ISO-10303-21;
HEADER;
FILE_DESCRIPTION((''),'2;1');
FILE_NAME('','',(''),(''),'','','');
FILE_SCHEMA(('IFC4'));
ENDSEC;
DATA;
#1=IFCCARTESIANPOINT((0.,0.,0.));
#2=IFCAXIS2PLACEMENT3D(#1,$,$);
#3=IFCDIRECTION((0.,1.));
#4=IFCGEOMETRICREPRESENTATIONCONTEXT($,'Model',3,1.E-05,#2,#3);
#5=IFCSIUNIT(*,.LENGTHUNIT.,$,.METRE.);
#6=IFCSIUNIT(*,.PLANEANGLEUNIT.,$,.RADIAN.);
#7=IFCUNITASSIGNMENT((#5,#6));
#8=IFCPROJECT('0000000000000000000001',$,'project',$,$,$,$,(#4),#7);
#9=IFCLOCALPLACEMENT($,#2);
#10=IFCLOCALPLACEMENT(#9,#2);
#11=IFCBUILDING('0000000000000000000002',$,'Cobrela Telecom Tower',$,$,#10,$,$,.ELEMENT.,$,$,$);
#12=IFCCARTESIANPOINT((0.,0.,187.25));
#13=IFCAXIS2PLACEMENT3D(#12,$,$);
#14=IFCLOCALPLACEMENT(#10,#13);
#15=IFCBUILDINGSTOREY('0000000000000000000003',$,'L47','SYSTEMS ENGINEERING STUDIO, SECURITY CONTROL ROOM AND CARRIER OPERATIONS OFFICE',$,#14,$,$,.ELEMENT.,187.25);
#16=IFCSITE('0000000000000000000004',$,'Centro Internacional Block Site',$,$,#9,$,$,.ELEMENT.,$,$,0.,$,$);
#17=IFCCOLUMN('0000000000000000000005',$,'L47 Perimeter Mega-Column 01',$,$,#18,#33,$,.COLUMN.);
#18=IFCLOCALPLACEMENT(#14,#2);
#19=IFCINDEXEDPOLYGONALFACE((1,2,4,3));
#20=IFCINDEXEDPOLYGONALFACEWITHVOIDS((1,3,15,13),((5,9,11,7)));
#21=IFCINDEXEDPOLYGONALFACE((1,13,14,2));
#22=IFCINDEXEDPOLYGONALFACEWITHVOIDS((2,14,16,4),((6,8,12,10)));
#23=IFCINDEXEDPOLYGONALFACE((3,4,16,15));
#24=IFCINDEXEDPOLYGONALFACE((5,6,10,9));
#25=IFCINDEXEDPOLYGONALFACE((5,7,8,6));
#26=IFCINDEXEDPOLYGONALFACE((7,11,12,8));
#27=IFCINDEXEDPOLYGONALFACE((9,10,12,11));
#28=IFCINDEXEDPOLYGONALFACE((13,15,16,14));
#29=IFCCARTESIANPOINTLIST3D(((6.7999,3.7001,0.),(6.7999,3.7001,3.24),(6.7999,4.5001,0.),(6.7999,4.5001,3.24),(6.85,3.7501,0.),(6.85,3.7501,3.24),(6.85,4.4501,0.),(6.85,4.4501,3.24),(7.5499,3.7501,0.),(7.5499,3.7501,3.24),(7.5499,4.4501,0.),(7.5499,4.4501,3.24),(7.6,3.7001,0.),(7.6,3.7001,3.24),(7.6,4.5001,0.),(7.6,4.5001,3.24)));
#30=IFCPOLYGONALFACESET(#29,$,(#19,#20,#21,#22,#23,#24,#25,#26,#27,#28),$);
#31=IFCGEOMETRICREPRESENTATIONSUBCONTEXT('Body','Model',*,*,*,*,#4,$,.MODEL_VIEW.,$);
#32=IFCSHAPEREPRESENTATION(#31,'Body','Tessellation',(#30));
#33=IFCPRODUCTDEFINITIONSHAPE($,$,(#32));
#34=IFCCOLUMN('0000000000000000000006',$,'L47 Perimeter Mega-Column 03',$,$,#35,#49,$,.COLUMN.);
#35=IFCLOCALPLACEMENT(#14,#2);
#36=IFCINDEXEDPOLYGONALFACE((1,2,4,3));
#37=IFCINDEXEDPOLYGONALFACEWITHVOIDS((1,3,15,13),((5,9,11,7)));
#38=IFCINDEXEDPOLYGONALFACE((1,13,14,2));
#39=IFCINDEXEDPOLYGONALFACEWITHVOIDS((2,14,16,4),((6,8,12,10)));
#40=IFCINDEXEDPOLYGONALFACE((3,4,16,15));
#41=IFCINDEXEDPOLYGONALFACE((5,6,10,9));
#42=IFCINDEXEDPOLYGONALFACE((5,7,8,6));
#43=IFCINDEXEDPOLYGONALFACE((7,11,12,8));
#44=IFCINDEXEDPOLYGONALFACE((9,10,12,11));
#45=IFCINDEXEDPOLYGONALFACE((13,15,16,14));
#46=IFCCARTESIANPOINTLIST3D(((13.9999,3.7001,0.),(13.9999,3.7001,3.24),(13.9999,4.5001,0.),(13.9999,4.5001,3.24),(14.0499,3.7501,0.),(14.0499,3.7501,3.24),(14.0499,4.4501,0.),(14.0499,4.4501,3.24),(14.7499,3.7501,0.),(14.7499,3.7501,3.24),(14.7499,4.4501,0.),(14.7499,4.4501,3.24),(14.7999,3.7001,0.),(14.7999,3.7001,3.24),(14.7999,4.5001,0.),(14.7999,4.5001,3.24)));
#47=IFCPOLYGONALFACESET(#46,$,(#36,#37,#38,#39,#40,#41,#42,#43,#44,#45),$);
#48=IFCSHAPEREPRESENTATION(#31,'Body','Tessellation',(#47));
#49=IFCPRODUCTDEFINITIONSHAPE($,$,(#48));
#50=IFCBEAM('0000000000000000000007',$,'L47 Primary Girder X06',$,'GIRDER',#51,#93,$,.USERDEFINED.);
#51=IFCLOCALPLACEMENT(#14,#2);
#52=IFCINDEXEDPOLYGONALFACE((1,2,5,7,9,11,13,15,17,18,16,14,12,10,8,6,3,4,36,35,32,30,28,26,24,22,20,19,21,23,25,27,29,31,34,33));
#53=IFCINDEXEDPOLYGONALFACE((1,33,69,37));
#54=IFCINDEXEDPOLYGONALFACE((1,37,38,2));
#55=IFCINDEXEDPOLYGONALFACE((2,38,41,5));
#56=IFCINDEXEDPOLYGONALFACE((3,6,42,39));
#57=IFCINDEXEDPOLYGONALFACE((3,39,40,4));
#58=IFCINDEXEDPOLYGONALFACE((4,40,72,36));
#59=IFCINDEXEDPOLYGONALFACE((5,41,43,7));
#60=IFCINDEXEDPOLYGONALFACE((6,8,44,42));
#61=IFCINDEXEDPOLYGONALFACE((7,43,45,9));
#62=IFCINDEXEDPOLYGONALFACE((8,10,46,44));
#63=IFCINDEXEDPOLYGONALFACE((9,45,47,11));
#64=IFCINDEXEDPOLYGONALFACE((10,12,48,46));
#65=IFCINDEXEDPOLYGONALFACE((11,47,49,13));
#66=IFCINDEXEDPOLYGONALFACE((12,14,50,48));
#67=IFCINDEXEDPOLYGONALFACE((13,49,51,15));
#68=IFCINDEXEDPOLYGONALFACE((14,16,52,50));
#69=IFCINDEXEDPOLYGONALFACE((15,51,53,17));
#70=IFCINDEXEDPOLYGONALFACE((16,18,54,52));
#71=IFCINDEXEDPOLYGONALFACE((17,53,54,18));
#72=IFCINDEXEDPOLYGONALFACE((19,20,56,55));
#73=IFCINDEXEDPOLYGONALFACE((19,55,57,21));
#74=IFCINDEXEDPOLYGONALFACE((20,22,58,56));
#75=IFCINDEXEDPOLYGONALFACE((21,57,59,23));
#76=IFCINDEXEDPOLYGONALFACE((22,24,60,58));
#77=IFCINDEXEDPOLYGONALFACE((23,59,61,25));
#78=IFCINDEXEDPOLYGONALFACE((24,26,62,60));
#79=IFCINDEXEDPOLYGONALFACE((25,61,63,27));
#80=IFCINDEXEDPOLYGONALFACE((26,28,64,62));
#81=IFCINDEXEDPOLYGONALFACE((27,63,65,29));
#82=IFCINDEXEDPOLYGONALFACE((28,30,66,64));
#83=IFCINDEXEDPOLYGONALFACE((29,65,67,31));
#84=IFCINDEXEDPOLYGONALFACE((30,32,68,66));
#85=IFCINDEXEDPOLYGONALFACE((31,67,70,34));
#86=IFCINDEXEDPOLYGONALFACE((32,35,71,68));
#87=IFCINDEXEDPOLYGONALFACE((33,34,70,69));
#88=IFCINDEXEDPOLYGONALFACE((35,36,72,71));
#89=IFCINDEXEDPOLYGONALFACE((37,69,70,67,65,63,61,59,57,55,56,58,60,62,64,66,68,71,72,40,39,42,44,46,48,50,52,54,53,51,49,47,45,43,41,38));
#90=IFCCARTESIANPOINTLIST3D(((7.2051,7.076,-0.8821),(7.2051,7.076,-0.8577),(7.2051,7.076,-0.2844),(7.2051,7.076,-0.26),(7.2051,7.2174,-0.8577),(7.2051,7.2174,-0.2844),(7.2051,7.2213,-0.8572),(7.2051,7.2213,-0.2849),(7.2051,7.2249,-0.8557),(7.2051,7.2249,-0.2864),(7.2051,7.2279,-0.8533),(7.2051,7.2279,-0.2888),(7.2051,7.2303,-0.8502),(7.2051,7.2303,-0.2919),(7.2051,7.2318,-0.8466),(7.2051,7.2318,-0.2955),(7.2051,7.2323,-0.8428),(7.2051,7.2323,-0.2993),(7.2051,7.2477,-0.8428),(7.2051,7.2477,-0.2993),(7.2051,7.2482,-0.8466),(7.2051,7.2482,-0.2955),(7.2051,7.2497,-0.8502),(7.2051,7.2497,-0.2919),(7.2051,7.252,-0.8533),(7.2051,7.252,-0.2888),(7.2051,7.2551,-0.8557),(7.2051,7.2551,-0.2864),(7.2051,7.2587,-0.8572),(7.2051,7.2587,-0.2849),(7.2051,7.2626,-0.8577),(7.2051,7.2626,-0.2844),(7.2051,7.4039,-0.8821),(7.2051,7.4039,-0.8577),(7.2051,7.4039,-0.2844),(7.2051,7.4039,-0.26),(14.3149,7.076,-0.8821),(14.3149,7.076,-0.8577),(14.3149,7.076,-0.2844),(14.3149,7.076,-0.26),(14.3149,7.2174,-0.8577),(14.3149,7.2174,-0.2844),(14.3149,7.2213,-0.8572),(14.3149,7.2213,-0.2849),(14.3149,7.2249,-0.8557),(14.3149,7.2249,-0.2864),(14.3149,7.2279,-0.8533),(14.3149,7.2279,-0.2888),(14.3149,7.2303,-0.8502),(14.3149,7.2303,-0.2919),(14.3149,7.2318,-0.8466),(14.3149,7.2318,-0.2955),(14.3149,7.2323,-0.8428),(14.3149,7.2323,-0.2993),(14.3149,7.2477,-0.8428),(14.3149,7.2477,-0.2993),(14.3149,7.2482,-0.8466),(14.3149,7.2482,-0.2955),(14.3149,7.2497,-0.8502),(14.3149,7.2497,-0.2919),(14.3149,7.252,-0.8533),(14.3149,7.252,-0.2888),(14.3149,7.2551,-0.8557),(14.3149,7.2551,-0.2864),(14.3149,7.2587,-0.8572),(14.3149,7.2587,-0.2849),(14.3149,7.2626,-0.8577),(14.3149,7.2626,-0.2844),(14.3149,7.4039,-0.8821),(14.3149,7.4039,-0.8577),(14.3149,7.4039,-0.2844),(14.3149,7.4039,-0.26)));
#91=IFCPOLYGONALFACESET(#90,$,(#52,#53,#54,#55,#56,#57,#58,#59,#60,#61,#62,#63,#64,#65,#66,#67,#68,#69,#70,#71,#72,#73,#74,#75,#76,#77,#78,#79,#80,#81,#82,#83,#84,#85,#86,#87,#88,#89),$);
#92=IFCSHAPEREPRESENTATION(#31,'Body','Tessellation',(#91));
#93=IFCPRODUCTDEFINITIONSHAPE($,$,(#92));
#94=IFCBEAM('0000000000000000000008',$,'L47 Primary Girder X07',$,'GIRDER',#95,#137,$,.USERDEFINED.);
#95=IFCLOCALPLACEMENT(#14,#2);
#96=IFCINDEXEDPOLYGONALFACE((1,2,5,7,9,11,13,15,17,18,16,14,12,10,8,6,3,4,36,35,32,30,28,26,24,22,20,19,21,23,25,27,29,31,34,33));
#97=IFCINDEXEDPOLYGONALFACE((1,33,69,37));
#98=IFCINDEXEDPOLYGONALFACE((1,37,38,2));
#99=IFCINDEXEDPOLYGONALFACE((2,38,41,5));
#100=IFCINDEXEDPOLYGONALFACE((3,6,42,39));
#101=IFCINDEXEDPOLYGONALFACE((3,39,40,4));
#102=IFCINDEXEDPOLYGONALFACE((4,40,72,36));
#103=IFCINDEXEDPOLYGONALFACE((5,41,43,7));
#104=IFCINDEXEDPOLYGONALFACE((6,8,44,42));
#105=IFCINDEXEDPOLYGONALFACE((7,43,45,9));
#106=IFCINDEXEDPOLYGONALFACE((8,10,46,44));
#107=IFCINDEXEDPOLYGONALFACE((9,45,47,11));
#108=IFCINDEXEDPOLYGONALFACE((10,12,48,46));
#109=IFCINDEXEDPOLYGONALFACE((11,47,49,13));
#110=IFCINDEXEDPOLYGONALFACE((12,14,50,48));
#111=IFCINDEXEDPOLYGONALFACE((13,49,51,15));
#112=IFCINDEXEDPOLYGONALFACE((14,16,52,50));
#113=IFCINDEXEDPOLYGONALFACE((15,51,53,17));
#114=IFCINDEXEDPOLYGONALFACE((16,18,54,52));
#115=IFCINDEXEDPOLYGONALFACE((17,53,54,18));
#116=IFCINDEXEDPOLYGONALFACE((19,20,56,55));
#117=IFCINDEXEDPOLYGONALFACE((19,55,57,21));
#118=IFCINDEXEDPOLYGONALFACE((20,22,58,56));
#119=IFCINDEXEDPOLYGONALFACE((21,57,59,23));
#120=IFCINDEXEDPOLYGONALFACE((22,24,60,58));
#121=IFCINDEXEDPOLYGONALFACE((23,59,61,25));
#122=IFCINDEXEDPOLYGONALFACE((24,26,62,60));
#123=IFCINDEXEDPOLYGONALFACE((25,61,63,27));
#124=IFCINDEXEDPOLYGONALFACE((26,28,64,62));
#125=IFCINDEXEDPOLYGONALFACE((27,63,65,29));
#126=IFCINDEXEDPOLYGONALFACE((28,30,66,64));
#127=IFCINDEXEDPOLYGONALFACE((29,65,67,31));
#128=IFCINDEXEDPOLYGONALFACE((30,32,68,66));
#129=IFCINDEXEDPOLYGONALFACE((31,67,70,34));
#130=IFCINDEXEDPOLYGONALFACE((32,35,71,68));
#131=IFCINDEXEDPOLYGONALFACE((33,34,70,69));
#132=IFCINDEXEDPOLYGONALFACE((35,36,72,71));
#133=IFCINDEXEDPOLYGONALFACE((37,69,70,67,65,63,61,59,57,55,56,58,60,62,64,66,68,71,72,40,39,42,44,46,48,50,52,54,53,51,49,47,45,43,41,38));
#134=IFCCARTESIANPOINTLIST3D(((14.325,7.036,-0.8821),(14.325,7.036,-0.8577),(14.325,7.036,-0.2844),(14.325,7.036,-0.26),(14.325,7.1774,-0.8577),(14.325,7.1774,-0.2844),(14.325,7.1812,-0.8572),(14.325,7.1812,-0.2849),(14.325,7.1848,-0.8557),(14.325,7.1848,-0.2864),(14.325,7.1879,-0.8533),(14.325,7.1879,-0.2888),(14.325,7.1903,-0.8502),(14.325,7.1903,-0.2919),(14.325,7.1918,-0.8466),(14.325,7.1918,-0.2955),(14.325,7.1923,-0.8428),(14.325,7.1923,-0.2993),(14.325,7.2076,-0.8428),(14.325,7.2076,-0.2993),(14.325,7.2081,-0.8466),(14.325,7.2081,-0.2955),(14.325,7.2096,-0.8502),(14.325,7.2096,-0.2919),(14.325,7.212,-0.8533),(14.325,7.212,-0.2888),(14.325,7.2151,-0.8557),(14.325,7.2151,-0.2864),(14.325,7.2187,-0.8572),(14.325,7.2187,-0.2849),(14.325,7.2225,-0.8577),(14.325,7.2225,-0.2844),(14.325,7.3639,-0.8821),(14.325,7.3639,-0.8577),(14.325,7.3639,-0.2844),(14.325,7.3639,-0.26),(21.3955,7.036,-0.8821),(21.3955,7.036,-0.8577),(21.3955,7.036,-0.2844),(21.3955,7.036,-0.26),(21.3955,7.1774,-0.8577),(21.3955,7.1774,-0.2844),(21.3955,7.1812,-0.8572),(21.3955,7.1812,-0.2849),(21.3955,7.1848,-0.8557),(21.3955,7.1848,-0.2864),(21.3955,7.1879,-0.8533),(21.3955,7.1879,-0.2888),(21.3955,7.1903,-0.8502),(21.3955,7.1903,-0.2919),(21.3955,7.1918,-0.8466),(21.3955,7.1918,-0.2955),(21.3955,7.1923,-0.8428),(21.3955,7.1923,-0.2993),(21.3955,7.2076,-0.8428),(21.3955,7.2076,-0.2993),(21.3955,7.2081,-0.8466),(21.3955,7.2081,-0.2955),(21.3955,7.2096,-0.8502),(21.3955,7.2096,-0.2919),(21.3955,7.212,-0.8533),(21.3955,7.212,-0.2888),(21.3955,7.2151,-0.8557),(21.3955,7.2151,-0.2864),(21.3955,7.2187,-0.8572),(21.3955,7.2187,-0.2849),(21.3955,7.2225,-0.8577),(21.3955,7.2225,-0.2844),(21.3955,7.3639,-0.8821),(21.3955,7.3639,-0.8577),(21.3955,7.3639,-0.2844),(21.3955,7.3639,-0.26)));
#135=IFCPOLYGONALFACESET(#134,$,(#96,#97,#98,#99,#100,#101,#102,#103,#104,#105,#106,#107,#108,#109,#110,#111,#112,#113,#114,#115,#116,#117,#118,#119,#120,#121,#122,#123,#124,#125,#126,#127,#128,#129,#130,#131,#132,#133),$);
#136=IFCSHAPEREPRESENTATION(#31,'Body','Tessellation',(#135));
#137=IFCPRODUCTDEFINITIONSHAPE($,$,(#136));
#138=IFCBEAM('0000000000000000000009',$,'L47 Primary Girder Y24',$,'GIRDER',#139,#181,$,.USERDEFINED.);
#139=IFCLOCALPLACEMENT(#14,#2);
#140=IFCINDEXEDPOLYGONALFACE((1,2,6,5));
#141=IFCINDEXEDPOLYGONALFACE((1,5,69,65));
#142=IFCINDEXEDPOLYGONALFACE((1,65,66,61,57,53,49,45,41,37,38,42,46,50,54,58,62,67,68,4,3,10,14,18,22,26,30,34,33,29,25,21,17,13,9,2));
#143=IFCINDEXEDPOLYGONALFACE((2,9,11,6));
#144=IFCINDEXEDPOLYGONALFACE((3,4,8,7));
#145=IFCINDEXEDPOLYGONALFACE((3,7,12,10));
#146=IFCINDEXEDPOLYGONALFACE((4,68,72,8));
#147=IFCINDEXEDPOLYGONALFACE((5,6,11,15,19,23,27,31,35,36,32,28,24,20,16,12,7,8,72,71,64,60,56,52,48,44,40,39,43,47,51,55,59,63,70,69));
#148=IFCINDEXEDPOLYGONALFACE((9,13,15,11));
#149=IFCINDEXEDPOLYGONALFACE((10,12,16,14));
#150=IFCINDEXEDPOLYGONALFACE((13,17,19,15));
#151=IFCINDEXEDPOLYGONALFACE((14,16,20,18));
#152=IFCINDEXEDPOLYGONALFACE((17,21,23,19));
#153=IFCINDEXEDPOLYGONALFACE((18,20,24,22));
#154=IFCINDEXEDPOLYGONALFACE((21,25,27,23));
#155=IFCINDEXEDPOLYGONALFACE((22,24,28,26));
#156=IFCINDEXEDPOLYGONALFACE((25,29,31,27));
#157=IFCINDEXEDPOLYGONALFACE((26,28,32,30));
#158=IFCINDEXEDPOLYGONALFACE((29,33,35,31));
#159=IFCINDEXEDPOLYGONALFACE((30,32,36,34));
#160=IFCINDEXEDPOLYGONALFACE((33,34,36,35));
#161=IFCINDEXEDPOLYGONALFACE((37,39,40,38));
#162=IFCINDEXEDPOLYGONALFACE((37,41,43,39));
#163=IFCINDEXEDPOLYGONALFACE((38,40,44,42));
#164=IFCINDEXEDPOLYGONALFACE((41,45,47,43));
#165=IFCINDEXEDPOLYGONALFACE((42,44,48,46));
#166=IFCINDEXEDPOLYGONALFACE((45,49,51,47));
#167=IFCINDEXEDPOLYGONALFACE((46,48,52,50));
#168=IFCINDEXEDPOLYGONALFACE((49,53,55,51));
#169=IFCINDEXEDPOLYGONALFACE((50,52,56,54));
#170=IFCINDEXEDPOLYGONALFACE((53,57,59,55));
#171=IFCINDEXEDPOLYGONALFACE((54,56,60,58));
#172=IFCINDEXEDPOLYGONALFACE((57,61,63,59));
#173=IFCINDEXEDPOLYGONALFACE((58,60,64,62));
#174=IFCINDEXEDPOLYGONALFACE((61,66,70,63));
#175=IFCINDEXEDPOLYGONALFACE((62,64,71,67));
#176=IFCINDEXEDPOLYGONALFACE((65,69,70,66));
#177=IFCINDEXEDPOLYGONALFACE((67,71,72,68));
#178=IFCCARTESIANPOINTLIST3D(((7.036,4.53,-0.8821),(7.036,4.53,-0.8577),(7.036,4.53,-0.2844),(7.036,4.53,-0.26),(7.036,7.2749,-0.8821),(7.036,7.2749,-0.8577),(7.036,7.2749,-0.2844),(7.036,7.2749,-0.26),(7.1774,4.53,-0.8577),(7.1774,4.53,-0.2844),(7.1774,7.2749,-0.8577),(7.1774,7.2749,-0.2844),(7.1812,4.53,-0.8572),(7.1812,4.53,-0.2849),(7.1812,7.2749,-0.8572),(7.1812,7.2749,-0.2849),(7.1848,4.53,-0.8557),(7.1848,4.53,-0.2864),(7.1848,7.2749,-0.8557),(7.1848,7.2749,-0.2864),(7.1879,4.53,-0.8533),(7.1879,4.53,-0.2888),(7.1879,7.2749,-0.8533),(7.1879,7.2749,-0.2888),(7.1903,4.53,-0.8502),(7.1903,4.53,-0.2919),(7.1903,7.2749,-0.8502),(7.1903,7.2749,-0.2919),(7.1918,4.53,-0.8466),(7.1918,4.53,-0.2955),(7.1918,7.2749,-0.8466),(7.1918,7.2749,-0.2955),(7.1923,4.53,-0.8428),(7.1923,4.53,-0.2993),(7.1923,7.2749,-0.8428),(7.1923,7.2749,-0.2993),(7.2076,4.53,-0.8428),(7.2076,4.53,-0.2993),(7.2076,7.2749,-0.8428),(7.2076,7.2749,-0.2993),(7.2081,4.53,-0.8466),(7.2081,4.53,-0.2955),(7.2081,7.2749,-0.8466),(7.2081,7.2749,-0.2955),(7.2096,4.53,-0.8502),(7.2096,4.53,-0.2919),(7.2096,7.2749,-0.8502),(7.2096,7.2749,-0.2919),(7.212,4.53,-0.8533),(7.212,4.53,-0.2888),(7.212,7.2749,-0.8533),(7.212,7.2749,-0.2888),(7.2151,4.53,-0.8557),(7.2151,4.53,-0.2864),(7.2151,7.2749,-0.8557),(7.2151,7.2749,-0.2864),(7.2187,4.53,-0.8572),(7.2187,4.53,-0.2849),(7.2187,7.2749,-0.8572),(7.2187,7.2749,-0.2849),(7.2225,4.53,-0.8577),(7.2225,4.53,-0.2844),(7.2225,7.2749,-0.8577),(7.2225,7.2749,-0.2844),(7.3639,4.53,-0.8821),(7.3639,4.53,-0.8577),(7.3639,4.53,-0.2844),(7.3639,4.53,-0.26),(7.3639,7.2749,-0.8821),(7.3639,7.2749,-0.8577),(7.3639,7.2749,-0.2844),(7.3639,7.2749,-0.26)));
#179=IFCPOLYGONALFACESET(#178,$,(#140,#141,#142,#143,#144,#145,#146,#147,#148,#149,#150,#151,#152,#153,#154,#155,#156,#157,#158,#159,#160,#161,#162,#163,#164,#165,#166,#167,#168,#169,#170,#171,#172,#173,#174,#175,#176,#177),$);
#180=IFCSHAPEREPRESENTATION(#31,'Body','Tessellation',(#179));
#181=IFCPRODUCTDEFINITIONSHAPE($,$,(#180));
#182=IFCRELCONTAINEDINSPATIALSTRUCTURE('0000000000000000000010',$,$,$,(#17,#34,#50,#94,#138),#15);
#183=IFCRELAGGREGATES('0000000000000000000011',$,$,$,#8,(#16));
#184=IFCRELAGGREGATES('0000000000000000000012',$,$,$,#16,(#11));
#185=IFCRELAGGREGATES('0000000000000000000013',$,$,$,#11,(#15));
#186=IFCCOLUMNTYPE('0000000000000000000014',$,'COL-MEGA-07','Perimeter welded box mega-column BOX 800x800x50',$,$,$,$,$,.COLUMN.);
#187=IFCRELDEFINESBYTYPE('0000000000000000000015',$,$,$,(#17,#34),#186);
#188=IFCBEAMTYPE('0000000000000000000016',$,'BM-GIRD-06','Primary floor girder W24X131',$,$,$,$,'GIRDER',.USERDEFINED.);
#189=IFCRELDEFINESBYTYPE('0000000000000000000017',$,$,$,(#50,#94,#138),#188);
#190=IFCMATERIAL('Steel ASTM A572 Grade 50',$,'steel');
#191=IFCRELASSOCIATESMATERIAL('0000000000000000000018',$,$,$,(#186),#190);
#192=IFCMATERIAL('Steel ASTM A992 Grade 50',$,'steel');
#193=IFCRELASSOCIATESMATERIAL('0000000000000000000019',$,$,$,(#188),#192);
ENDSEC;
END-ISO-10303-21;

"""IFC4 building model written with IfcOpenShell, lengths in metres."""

from ifc_helpers import new_model, si_unit, direction, frame, origin, origin_2d, place, context, subcontext, project, spatial, hollow_rectangle, i_section, extrude, material, material_profile, profile_set, type_object, element, save


model = new_model("IFC4")

# Units and contexts
model_context = context("Model", 3, precision=1e-05, world=origin(), true_north=direction((0.0, 1.0)))
body_context = subcontext(model_context, "Body", "Model", "MODEL_VIEW")
ifc_project = project(units=[si_unit("LENGTHUNIT", "METRE"), si_unit("PLANEANGLEUNIT", "RADIAN")], contexts=[model_context])

# Site, building, storey
site_placement = place(None, origin())
site = spatial("IfcSite", under=ifc_project, at=site_placement, Name="Centro Internacional Block Site", CompositionType="ELEMENT", RefElevation=0.0)
building_placement = place(site_placement, origin())
building = spatial("IfcBuilding", under=site, at=building_placement, Name="Cobrela Telecom Tower", CompositionType="ELEMENT")
storey_placement = place(building_placement, frame((0.0, 0.0, 187.25)))
storey = spatial("IfcBuildingStorey", under=building, at=storey_placement, Name="L47", Description="SYSTEMS ENGINEERING STUDIO, SECURITY CONTROL ROOM AND CARRIER OPERATIONS OFFICE", CompositionType="ELEMENT", Elevation=187.25)

# Columns
ifc_material_1 = material(Name="Steel ASTM A572 Grade 50", Category="steel")
ifc_material_profile_1 = material_profile(ifc_material_1, hollow_rectangle(XDim=0.8, YDim=0.8, WallThickness=0.05, at=origin_2d()), Name="BOX 800x800x50")
ifc_profile_set_1 = profile_set([ifc_material_profile_1], Name="Steel ASTM A572 Grade 50")
column_type = type_object("IfcColumnType", Name="COL-MEGA-07", Description="Perimeter welded box mega-column BOX 800x800x50", PredefinedType="COLUMN", material=ifc_profile_set_1)
for number, where, z_axis, x_axis, name in (
    (1, (7.2, 4.1001, 0.0), (0.0, 0.0, 1.0), (1.0, 0.0, 0.0), "L47 Perimeter Mega-Column 01"),
    (2, (14.3999, 4.1001, 0.0), (0.0, 0.0, 1.0), (1.0, 0.0, 0.0), "L47 Perimeter Mega-Column 03"),
):
    element("IfcColumn", number, at=place(storey_placement, frame(where, z_axis=z_axis, x_axis=x_axis)), inside=storey, type_object=column_type, Name=name, PredefinedType="COLUMN", context=body_context, shape_type="SweptSolid", body=[
        extrude(hollow_rectangle(XDim=0.8, YDim=0.8, WallThickness=0.05, at=origin_2d()), origin(), (0.0, 0.0, 1.0), 3.24),
    ])

# Beams
ifc_material_2 = material(Name="Steel ASTM A992 Grade 50", Category="steel")
ifc_material_profile_2 = material_profile(ifc_material_2, i_section(OverallWidth=0.3279, OverallDepth=0.6221, WebThickness=0.0154, FlangeThickness=0.0244, FilletRadius=0.0149, at=origin_2d()), Name="W24X131")
ifc_profile_set_2 = profile_set([ifc_material_profile_2], Name="Steel ASTM A992 Grade 50")
beam_type_1 = type_object("IfcBeamType", Name="BM-GIRD-06", Description="Primary floor girder W24X131", ElementType="GIRDER", PredefinedType="USERDEFINED", material=ifc_profile_set_2)
beam_1_placement = place(storey_placement, frame((7.2051, 7.24, -0.571), z_axis=(1.0, 0.0, 0.0), x_axis=(0.0, 1.0, 0.0)))
element("IfcBeam", 3, at=beam_1_placement, inside=storey, type_object=beam_type_1, Name="L47 Primary Girder X06", ObjectType="GIRDER", PredefinedType="USERDEFINED", context=body_context, shape_type="SweptSolid", body=[
    extrude(i_section(OverallWidth=0.3279, OverallDepth=0.6221, WebThickness=0.0154, FlangeThickness=0.0244, FilletRadius=0.0149, at=origin_2d()), origin(), (0.0, 0.0, 1.0), 7.1099),
])
beam_2_placement = place(storey_placement, frame((14.325, 7.2, -0.571), z_axis=(1.0, 0.0, 0.0), x_axis=(0.0, 1.0, 0.0)))
element("IfcBeam", 4, at=beam_2_placement, inside=storey, type_object=beam_type_1, Name="L47 Primary Girder X07", ObjectType="GIRDER", PredefinedType="USERDEFINED", context=body_context, shape_type="SweptSolid", body=[
    extrude(i_section(OverallWidth=0.3279, OverallDepth=0.6221, WebThickness=0.0154, FlangeThickness=0.0244, FilletRadius=0.0149, at=origin_2d()), origin(), (0.0, 0.0, 1.0), 7.0706),
])
beam_3_placement = place(storey_placement, frame((7.2, 4.53, -0.571), z_axis=(0.0, 1.0, 0.0), x_axis=(-1.0, 0.0, 0.0)))
element("IfcBeam", 5, at=beam_3_placement, inside=storey, type_object=beam_type_1, Name="L47 Primary Girder Y24", ObjectType="GIRDER", PredefinedType="USERDEFINED", context=body_context, shape_type="SweptSolid", body=[
    extrude(i_section(OverallWidth=0.3279, OverallDepth=0.6221, WebThickness=0.0154, FlangeThickness=0.0244, FilletRadius=0.0149, at=origin_2d()), origin(), (0.0, 0.0, 1.0), 2.7449),
])

save(model, "model.ifc")
